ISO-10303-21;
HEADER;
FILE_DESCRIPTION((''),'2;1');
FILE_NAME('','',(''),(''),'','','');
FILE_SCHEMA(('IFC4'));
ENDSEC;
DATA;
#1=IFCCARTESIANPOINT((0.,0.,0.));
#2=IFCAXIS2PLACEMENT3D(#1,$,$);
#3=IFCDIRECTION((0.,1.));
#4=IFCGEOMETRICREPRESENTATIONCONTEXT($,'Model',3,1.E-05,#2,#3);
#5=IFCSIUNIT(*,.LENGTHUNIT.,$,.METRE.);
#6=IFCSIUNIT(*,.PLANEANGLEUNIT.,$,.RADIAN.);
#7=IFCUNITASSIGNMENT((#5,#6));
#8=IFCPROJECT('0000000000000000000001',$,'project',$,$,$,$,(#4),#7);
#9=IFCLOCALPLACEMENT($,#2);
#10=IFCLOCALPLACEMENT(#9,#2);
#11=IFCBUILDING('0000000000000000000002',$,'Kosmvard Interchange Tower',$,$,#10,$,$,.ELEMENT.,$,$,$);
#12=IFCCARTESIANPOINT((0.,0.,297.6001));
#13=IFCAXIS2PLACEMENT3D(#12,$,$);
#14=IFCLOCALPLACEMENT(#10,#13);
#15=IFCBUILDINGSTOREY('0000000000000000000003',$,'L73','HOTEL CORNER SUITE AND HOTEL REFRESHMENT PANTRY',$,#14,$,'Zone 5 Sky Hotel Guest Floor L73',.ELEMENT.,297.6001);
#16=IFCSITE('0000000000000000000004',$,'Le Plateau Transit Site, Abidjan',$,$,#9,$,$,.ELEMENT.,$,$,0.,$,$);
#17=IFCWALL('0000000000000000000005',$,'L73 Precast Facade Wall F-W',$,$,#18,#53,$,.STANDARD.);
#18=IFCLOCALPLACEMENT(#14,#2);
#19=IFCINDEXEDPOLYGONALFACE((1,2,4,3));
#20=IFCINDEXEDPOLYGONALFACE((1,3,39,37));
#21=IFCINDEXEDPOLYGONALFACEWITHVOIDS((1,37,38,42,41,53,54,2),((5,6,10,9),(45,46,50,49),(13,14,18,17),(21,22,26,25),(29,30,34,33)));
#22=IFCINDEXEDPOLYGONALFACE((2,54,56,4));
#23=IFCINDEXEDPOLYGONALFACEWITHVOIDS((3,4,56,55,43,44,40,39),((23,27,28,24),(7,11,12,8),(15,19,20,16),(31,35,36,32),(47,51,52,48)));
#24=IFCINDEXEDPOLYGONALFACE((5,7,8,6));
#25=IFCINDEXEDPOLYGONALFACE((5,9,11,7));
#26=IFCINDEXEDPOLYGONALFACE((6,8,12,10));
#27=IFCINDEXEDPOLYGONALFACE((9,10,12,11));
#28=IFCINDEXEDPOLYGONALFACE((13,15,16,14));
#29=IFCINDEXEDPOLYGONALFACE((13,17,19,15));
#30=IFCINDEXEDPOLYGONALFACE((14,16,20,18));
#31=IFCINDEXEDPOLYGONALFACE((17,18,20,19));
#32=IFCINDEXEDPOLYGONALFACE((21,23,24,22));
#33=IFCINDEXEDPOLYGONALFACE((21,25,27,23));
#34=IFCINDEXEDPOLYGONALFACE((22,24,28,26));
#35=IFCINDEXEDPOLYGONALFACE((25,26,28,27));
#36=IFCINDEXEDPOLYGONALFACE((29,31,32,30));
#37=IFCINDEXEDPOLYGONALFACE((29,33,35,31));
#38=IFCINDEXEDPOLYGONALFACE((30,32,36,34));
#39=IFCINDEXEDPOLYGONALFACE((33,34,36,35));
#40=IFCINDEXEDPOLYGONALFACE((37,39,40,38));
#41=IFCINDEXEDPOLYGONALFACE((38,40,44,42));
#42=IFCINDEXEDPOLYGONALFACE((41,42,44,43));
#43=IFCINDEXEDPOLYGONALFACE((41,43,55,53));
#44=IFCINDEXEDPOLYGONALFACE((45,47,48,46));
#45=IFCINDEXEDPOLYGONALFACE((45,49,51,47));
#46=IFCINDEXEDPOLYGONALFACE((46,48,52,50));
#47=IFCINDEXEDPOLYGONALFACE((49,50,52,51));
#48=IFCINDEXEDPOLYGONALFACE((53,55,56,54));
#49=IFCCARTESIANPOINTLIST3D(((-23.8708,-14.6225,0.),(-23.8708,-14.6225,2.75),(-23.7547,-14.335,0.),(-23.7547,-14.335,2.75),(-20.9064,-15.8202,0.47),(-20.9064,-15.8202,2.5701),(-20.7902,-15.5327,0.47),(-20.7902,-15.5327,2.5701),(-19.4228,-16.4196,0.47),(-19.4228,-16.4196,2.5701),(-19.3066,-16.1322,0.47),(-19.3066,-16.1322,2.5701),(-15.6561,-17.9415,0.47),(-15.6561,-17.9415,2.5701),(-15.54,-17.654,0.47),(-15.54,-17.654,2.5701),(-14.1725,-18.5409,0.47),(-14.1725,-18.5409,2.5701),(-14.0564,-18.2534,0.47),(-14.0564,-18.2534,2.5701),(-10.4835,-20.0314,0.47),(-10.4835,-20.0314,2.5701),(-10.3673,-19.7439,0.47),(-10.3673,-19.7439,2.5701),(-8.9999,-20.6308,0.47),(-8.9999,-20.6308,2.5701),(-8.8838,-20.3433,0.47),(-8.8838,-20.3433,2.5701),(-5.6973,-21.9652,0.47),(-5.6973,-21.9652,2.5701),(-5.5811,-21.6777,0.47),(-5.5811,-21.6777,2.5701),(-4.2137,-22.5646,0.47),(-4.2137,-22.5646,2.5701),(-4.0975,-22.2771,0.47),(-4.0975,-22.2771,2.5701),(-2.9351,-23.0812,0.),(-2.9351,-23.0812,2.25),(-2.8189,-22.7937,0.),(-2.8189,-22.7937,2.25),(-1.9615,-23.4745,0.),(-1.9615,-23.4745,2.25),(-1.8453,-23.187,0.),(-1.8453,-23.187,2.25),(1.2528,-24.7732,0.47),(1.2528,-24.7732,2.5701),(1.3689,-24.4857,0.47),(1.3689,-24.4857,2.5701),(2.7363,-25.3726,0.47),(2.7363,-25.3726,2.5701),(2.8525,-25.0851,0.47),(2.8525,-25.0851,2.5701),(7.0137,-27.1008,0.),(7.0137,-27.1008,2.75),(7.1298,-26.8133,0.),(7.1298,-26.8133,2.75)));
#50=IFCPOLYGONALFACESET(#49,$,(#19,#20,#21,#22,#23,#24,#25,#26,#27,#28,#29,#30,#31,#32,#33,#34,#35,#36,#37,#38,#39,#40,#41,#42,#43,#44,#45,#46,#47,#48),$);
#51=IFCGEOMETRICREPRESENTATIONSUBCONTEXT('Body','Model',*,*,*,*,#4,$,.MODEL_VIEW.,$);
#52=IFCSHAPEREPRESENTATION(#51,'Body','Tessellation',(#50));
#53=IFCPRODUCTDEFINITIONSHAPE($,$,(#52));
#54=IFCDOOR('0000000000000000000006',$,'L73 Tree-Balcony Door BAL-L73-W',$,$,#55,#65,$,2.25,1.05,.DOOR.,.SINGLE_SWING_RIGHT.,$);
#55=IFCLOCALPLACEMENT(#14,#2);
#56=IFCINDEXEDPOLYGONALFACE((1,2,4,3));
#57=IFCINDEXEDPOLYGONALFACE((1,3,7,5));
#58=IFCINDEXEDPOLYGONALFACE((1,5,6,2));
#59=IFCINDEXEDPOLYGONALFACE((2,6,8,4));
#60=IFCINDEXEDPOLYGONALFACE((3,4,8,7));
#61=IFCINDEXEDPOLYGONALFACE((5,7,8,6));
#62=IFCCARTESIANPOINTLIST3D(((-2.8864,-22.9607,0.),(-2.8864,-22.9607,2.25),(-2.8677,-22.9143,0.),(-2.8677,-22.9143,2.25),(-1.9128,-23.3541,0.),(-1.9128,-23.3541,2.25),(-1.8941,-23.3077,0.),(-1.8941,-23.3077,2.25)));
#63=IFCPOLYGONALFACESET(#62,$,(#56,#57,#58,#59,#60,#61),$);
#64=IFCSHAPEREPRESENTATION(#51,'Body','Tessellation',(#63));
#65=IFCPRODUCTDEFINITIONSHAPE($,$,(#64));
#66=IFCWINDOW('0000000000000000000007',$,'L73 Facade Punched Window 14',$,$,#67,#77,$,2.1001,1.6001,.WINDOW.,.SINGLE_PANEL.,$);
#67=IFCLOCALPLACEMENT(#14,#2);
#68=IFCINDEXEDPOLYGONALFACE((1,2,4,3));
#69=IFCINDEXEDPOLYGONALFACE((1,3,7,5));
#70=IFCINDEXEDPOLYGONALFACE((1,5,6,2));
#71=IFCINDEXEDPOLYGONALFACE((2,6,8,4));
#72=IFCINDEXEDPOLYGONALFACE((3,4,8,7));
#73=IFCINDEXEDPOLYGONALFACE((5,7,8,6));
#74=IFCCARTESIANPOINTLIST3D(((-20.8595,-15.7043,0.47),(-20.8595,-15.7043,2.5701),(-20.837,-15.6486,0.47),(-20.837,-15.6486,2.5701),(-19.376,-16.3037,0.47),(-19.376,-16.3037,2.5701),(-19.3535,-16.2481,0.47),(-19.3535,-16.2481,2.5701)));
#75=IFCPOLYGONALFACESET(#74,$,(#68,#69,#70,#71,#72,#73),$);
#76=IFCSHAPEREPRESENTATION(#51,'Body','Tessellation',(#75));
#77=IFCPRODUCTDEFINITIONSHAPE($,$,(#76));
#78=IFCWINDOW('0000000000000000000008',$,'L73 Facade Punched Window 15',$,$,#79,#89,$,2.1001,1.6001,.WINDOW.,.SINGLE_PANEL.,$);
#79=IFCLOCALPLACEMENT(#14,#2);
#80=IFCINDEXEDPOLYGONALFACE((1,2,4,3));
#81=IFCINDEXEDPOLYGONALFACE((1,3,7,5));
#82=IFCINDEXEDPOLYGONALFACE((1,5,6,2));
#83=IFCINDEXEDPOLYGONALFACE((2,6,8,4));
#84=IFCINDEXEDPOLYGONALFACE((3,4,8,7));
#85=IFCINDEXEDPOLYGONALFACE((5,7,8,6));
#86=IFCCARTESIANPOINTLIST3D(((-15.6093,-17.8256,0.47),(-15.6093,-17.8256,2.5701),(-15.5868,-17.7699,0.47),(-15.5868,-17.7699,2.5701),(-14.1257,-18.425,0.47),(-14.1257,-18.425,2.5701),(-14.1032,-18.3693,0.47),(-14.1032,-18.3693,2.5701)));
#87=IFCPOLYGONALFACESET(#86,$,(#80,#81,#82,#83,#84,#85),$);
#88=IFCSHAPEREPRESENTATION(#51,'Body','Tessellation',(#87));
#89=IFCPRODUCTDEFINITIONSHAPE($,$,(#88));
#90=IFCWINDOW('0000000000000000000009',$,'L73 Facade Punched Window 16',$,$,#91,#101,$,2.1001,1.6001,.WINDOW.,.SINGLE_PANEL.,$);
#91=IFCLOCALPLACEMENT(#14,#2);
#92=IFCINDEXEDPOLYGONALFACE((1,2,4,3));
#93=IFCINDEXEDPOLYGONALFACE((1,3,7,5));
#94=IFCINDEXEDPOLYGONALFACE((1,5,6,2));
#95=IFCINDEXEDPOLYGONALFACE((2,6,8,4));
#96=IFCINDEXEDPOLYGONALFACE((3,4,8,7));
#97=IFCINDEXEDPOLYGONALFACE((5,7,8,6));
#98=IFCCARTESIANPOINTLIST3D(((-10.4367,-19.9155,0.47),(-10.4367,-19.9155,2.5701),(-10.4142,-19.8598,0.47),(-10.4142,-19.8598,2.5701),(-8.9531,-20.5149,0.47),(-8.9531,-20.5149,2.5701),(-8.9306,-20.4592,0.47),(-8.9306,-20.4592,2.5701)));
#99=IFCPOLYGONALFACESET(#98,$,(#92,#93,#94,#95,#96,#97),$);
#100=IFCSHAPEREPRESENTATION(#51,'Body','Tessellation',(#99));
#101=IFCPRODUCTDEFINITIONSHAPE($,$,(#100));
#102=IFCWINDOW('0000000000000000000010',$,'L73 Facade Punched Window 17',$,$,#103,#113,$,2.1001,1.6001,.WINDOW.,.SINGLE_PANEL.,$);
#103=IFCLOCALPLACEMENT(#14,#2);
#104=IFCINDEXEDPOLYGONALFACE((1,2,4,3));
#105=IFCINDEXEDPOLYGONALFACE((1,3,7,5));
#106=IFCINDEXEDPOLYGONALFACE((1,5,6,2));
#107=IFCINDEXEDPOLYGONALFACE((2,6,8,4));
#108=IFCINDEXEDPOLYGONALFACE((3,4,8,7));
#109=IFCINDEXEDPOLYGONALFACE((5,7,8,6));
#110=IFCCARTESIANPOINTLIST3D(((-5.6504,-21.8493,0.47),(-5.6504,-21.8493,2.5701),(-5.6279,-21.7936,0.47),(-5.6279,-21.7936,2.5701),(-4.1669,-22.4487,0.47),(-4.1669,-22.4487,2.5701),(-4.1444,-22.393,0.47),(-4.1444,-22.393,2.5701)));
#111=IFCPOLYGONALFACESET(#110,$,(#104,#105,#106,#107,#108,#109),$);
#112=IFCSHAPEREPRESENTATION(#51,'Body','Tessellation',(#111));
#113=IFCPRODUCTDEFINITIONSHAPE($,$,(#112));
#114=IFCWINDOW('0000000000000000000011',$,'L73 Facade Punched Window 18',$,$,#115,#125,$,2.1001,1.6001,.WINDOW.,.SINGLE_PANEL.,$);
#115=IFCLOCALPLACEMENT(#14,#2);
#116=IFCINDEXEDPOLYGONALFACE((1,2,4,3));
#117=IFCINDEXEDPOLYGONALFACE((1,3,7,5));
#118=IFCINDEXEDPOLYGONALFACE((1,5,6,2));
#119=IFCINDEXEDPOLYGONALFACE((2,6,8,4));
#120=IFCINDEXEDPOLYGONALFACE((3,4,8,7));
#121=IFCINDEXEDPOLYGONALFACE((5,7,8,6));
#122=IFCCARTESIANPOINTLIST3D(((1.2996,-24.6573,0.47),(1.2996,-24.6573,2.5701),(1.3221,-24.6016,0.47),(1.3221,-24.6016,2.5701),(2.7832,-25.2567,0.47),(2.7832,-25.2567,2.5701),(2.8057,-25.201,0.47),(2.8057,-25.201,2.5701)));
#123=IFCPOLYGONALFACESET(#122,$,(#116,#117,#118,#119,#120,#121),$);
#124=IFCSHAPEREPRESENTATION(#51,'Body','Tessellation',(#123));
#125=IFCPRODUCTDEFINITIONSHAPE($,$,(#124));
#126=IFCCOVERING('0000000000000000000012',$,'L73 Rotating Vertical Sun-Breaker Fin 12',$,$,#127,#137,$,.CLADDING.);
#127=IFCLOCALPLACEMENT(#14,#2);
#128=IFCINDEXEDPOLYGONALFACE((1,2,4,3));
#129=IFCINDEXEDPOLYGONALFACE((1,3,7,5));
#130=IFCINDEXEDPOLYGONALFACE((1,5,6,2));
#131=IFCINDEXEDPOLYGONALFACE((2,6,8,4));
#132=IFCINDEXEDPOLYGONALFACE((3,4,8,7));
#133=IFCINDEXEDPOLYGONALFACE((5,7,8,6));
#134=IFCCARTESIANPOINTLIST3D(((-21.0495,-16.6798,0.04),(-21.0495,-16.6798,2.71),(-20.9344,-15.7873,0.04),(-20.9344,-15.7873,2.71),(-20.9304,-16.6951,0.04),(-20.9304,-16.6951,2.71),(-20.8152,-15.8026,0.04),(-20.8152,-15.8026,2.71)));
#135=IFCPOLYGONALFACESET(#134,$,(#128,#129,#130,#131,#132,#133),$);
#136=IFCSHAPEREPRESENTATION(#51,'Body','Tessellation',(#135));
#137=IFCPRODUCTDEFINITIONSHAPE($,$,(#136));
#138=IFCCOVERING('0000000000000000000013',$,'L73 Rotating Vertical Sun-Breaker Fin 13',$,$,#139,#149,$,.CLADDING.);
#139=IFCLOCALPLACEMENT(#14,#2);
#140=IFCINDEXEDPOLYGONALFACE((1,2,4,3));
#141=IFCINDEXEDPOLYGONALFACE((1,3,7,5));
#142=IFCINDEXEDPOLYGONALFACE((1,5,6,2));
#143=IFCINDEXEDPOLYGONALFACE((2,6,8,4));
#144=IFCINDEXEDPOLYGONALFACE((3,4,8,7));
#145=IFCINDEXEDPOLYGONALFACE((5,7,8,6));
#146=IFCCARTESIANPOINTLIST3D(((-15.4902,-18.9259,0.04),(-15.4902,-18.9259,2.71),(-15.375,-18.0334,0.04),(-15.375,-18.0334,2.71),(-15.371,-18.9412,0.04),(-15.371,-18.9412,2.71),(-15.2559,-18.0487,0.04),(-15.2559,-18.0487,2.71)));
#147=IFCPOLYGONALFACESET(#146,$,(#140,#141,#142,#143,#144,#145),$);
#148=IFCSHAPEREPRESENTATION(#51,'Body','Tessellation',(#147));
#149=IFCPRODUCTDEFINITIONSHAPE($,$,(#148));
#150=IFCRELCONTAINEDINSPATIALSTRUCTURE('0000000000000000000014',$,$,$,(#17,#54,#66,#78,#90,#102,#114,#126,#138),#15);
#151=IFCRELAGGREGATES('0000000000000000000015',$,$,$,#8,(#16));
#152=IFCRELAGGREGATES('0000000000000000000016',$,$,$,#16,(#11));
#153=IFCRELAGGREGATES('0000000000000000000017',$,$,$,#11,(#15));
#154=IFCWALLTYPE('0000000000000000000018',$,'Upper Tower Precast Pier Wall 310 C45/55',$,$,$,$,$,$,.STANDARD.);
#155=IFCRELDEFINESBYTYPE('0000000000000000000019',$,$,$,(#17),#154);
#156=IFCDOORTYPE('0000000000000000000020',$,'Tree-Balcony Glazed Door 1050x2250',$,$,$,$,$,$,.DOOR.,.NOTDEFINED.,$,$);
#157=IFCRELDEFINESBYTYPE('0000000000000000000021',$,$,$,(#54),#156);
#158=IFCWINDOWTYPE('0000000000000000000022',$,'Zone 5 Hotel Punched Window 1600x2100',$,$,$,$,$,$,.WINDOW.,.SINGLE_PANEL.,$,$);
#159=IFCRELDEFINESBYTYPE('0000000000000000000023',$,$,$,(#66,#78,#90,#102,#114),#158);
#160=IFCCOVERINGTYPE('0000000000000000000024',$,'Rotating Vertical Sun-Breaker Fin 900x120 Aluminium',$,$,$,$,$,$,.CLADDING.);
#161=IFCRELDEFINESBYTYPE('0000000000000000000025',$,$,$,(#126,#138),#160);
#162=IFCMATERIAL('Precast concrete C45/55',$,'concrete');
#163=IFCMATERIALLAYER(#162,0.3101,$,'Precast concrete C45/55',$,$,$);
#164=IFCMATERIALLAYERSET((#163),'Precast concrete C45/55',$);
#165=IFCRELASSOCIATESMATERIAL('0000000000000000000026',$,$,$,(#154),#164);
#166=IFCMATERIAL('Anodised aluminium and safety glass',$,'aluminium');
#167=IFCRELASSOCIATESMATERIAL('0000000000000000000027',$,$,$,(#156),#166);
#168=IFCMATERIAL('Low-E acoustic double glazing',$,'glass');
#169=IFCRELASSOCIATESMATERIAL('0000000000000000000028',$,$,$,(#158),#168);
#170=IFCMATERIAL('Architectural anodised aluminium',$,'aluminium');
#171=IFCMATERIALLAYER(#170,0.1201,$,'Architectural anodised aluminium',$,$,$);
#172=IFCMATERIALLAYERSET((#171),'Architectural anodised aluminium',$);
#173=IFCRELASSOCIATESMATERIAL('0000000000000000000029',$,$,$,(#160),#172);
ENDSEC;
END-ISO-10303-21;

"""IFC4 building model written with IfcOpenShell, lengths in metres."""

from ifc_helpers import new_model, si_unit, direction, frame, frame_2d, origin, origin_2d, place, context, subcontext, project, spatial, rectangle, extrude, source, transform, mapped, material, layer, layer_set, type_object, element, fill, save


model = new_model("IFC4")

# Units and contexts
model_context = context("Model", 3, precision=1e-05, world=origin(), true_north=direction((0.0, 1.0)))
body_context = subcontext(model_context, "Body", "Model", "MODEL_VIEW")
ifc_project = project(units=[si_unit("LENGTHUNIT", "METRE"), si_unit("PLANEANGLEUNIT", "RADIAN")], contexts=[model_context])

# Site, building, storey
site_placement = place(None, origin())
site = spatial("IfcSite", under=ifc_project, at=site_placement, Name="Le Plateau Transit Site, Abidjan", CompositionType="ELEMENT", RefElevation=0.0)
building_placement = place(site_placement, origin())
building = spatial("IfcBuilding", under=site, at=building_placement, Name="Kosmvard Interchange Tower", CompositionType="ELEMENT")
storey_placement = place(building_placement, frame((0.0, 0.0, 297.6001)))
storey = spatial("IfcBuildingStorey", under=building, at=storey_placement, Name="L73", Description="HOTEL CORNER SUITE AND HOTEL REFRESHMENT PANTRY", LongName="Zone 5 Sky Hotel Guest Floor L73", CompositionType="ELEMENT", Elevation=297.6001)

# Wall, openings, door, windows
ifc_material_1 = material(Name="Precast concrete C45/55", Category="concrete")
ifc_layer_1 = layer(ifc_material_1, 0.3101, Name="Precast concrete C45/55")
ifc_layer_set_1 = layer_set([ifc_layer_1], Name="Precast concrete C45/55")
wall_type = type_object("IfcWallType", Name="Upper Tower Precast Pier Wall 310 C45/55", PredefinedType="STANDARD", material=ifc_layer_set_1)
wall_placement = place(storey_placement, frame((-23.8127, -14.4788, 0.0), z_axis=(0.0, 0.0, 1.0), x_axis=(0.927183, -0.37461, 0.0)))
wall = element("IfcWall", 1, at=wall_placement, inside=storey, type_object=wall_type, Name="L73 Precast Facade Wall F-W", PredefinedType="STANDARD", context=body_context, shape_type="SweptSolid", body=[
    extrude(rectangle(XDim=33.3101, YDim=0.3101, at=frame_2d((16.655, 0.0))), origin(), (0.0, 0.0, 1.0), 2.75),
])
opening_1_placement = place(wall_placement, frame((22.5801, 0.0, 0.0)))
opening_1 = element("IfcOpeningElement", 2, at=opening_1_placement, cuts=wall, PredefinedType="OPENING", context=body_context, shape_type="SweptSolid", body=[
    extrude(rectangle(XDim=1.05, YDim=2.25, at=frame_2d((0.5249, 1.125))), frame((0.0, 0.165, 0.0), z_axis=(0.0, -1.0, 0.0), x_axis=(1.0, 0.0, 0.0)), (0.0, 0.0, 1.0), 0.3301),
])
opening_2_placement = place(wall_placement, frame((3.1973, 0.0, 0.47)))
opening_2 = element("IfcOpeningElement", 3, at=opening_2_placement, cuts=wall, PredefinedType="OPENING", context=body_context, shape_type="SweptSolid", body=[
    extrude(rectangle(XDim=1.6001, YDim=2.1001, at=frame_2d((0.8, 1.05))), frame((0.0, 0.165, 0.0), z_axis=(0.0, -1.0, 0.0), x_axis=(1.0, 0.0, 0.0)), (0.0, 0.0, 1.0), 0.3301),
])
opening_3_placement = place(wall_placement, frame((8.8599, 0.0, 0.47)))
opening_3 = element("IfcOpeningElement", 4, at=opening_3_placement, cuts=wall, PredefinedType="OPENING", context=body_context, shape_type="SweptSolid", body=[
    extrude(rectangle(XDim=1.6001, YDim=2.1001, at=frame_2d((0.8, 1.05))), frame((0.0, 0.165, 0.0), z_axis=(0.0, -1.0, 0.0), x_axis=(1.0, 0.0, 0.0)), (0.0, 0.0, 1.0), 0.3301),
])
opening_4_placement = place(wall_placement, frame((14.4387, 0.0, 0.47)))
opening_4 = element("IfcOpeningElement", 5, at=opening_4_placement, cuts=wall, PredefinedType="OPENING", context=body_context, shape_type="SweptSolid", body=[
    extrude(rectangle(XDim=1.6001, YDim=2.1001, at=frame_2d((0.8, 1.05))), frame((0.0, 0.165, 0.0), z_axis=(0.0, -1.0, 0.0), x_axis=(1.0, 0.0, 0.0)), (0.0, 0.0, 1.0), 0.3301),
])
opening_5_placement = place(wall_placement, frame((19.6008, 0.0, 0.47)))
opening_5 = element("IfcOpeningElement", 6, at=opening_5_placement, cuts=wall, PredefinedType="OPENING", context=body_context, shape_type="SweptSolid", body=[
    extrude(rectangle(XDim=1.6001, YDim=2.1001, at=frame_2d((0.8, 1.05))), frame((0.0, 0.165, 0.0), z_axis=(0.0, -1.0, 0.0), x_axis=(1.0, 0.0, 0.0)), (0.0, 0.0, 1.0), 0.3301),
])
opening_6_placement = place(wall_placement, frame((27.0967, 0.0, 0.47)))
opening_6 = element("IfcOpeningElement", 7, at=opening_6_placement, cuts=wall, PredefinedType="OPENING", context=body_context, shape_type="SweptSolid", body=[
    extrude(rectangle(XDim=1.6001, YDim=2.1001, at=frame_2d((0.8, 1.05))), frame((0.0, 0.165, 0.0), z_axis=(0.0, -1.0, 0.0), x_axis=(1.0, 0.0, 0.0)), (0.0, 0.0, 1.0), 0.3301),
])
ifc_material_2 = material(Name="Anodised aluminium and safety glass", Category="aluminium")
door_type = type_object("IfcDoorType", Name="Tree-Balcony Glazed Door 1050x2250", OperationType="NOTDEFINED", PredefinedType="DOOR", material=ifc_material_2)
shared_shape_1 = source(origin(), body_context, "Body", "SweptSolid", [
    extrude(rectangle(XDim=1.05, YDim=2.25, at=frame_2d((0.5249, 1.125))), frame((0.0, 0.0249, 0.0), z_axis=(0.0, -1.0, 0.0), x_axis=(1.0, 0.0, 0.0)), (0.0, 0.0, 1.0), 0.05),
])
door_placement = place(opening_1_placement, origin())
door = element("IfcDoor", 8, at=door_placement, inside=storey, type_object=door_type, Name="L73 Tree-Balcony Door BAL-L73-W", OperationType="SINGLE_SWING_RIGHT", OverallHeight=2.25, OverallWidth=1.05, PredefinedType="DOOR", context=body_context, shape_type="MappedRepresentation", body=[
    mapped(shared_shape_1, transform((0.0, 0.0, 0.0), scale=1.0)),
])
fill(opening_1, door)
ifc_material_3 = material(Name="Low-E acoustic double glazing", Category="glass")
window_type = type_object("IfcWindowType", Name="Zone 5 Hotel Punched Window 1600x2100", PartitioningType="SINGLE_PANEL", PredefinedType="WINDOW", material=ifc_material_3)
shared_shape_2 = source(origin(), body_context, "Body", "SweptSolid", [
    extrude(rectangle(XDim=1.6001, YDim=2.1001, at=frame_2d((0.8, 1.05))), frame((0.0, 0.03, 0.0), z_axis=(0.0, -1.0, 0.0), x_axis=(1.0, 0.0, 0.0)), (0.0, 0.0, 1.0), 0.0601),
])
window_1_placement = place(opening_2_placement, origin())
window_1 = element("IfcWindow", 9, at=window_1_placement, inside=storey, type_object=window_type, Name="L73 Facade Punched Window 14", OverallHeight=2.1001, OverallWidth=1.6001, PartitioningType="SINGLE_PANEL", PredefinedType="WINDOW", context=body_context, shape_type="MappedRepresentation", body=[
    mapped(shared_shape_2, transform((0.0, 0.0, 0.0), scale=1.0)),
])
fill(opening_2, window_1)
window_2_placement = place(opening_3_placement, origin())
window_2 = element("IfcWindow", 10, at=window_2_placement, inside=storey, type_object=window_type, Name="L73 Facade Punched Window 15", OverallHeight=2.1001, OverallWidth=1.6001, PartitioningType="SINGLE_PANEL", PredefinedType="WINDOW", context=body_context, shape_type="MappedRepresentation", body=[
    mapped(shared_shape_2, transform((0.0, 0.0, 0.0), scale=1.0)),
])
fill(opening_3, window_2)
window_3_placement = place(opening_4_placement, origin())
window_3 = element("IfcWindow", 11, at=window_3_placement, inside=storey, type_object=window_type, Name="L73 Facade Punched Window 16", OverallHeight=2.1001, OverallWidth=1.6001, PartitioningType="SINGLE_PANEL", PredefinedType="WINDOW", context=body_context, shape_type="MappedRepresentation", body=[
    mapped(shared_shape_2, transform((0.0, 0.0, 0.0), scale=1.0)),
])
fill(opening_4, window_3)
window_4_placement = place(opening_5_placement, origin())
window_4 = element("IfcWindow", 12, at=window_4_placement, inside=storey, type_object=window_type, Name="L73 Facade Punched Window 17", OverallHeight=2.1001, OverallWidth=1.6001, PartitioningType="SINGLE_PANEL", PredefinedType="WINDOW", context=body_context, shape_type="MappedRepresentation", body=[
    mapped(shared_shape_2, transform((0.0, 0.0, 0.0), scale=1.0)),
])
fill(opening_5, window_4)
window_5_placement = place(opening_6_placement, origin())
window_5 = element("IfcWindow", 13, at=window_5_placement, inside=storey, type_object=window_type, Name="L73 Facade Punched Window 18", OverallHeight=2.1001, OverallWidth=1.6001, PartitioningType="SINGLE_PANEL", PredefinedType="WINDOW", context=body_context, shape_type="MappedRepresentation", body=[
    mapped(shared_shape_2, transform((0.0, 0.0, 0.0), scale=1.0)),
])
fill(opening_6, window_5)

# Coverings
ifc_material_4 = material(Name="Architectural anodised aluminium", Category="aluminium")
ifc_layer_2 = layer(ifc_material_4, 0.1201, Name="Architectural anodised aluminium")
ifc_layer_set_2 = layer_set([ifc_layer_2], Name="Architectural anodised aluminium")
covering_type = type_object("IfcCoveringType", Name="Rotating Vertical Sun-Breaker Fin 900x120 Aluminium", PredefinedType="CLADDING", material=ifc_layer_set_2)
shared_shape_3 = source(origin(), body_context, "Body", "SweptSolid", [
    extrude(rectangle(XDim=0.8999, YDim=0.1201, at=origin_2d()), origin(), (0.0, 0.0, 1.0), 2.6699),
])
for number, where, z_axis, x_axis, name in (
    (14, (-20.9324, -16.2412, 0.04), (0.0, 0.0, 1.0), (-0.12793, -0.991783, 0.0), "L73 Rotating Vertical Sun-Breaker Fin 12"),
    (15, (-15.373, -18.4873, 0.04), (0.0, 0.0, 1.0), (-0.12793, -0.991783, 0.0), "L73 Rotating Vertical Sun-Breaker Fin 13"),
):
    element("IfcCovering", number, at=place(storey_placement, frame(where, z_axis=z_axis, x_axis=x_axis)), inside=storey, type_object=covering_type, Name=name, PredefinedType="CLADDING", context=body_context, shape_type="MappedRepresentation", body=[
        mapped(shared_shape_3, transform((0.0, 0.0, 0.0), scale=1.0)),
    ])

save(model, "model.ifc")
